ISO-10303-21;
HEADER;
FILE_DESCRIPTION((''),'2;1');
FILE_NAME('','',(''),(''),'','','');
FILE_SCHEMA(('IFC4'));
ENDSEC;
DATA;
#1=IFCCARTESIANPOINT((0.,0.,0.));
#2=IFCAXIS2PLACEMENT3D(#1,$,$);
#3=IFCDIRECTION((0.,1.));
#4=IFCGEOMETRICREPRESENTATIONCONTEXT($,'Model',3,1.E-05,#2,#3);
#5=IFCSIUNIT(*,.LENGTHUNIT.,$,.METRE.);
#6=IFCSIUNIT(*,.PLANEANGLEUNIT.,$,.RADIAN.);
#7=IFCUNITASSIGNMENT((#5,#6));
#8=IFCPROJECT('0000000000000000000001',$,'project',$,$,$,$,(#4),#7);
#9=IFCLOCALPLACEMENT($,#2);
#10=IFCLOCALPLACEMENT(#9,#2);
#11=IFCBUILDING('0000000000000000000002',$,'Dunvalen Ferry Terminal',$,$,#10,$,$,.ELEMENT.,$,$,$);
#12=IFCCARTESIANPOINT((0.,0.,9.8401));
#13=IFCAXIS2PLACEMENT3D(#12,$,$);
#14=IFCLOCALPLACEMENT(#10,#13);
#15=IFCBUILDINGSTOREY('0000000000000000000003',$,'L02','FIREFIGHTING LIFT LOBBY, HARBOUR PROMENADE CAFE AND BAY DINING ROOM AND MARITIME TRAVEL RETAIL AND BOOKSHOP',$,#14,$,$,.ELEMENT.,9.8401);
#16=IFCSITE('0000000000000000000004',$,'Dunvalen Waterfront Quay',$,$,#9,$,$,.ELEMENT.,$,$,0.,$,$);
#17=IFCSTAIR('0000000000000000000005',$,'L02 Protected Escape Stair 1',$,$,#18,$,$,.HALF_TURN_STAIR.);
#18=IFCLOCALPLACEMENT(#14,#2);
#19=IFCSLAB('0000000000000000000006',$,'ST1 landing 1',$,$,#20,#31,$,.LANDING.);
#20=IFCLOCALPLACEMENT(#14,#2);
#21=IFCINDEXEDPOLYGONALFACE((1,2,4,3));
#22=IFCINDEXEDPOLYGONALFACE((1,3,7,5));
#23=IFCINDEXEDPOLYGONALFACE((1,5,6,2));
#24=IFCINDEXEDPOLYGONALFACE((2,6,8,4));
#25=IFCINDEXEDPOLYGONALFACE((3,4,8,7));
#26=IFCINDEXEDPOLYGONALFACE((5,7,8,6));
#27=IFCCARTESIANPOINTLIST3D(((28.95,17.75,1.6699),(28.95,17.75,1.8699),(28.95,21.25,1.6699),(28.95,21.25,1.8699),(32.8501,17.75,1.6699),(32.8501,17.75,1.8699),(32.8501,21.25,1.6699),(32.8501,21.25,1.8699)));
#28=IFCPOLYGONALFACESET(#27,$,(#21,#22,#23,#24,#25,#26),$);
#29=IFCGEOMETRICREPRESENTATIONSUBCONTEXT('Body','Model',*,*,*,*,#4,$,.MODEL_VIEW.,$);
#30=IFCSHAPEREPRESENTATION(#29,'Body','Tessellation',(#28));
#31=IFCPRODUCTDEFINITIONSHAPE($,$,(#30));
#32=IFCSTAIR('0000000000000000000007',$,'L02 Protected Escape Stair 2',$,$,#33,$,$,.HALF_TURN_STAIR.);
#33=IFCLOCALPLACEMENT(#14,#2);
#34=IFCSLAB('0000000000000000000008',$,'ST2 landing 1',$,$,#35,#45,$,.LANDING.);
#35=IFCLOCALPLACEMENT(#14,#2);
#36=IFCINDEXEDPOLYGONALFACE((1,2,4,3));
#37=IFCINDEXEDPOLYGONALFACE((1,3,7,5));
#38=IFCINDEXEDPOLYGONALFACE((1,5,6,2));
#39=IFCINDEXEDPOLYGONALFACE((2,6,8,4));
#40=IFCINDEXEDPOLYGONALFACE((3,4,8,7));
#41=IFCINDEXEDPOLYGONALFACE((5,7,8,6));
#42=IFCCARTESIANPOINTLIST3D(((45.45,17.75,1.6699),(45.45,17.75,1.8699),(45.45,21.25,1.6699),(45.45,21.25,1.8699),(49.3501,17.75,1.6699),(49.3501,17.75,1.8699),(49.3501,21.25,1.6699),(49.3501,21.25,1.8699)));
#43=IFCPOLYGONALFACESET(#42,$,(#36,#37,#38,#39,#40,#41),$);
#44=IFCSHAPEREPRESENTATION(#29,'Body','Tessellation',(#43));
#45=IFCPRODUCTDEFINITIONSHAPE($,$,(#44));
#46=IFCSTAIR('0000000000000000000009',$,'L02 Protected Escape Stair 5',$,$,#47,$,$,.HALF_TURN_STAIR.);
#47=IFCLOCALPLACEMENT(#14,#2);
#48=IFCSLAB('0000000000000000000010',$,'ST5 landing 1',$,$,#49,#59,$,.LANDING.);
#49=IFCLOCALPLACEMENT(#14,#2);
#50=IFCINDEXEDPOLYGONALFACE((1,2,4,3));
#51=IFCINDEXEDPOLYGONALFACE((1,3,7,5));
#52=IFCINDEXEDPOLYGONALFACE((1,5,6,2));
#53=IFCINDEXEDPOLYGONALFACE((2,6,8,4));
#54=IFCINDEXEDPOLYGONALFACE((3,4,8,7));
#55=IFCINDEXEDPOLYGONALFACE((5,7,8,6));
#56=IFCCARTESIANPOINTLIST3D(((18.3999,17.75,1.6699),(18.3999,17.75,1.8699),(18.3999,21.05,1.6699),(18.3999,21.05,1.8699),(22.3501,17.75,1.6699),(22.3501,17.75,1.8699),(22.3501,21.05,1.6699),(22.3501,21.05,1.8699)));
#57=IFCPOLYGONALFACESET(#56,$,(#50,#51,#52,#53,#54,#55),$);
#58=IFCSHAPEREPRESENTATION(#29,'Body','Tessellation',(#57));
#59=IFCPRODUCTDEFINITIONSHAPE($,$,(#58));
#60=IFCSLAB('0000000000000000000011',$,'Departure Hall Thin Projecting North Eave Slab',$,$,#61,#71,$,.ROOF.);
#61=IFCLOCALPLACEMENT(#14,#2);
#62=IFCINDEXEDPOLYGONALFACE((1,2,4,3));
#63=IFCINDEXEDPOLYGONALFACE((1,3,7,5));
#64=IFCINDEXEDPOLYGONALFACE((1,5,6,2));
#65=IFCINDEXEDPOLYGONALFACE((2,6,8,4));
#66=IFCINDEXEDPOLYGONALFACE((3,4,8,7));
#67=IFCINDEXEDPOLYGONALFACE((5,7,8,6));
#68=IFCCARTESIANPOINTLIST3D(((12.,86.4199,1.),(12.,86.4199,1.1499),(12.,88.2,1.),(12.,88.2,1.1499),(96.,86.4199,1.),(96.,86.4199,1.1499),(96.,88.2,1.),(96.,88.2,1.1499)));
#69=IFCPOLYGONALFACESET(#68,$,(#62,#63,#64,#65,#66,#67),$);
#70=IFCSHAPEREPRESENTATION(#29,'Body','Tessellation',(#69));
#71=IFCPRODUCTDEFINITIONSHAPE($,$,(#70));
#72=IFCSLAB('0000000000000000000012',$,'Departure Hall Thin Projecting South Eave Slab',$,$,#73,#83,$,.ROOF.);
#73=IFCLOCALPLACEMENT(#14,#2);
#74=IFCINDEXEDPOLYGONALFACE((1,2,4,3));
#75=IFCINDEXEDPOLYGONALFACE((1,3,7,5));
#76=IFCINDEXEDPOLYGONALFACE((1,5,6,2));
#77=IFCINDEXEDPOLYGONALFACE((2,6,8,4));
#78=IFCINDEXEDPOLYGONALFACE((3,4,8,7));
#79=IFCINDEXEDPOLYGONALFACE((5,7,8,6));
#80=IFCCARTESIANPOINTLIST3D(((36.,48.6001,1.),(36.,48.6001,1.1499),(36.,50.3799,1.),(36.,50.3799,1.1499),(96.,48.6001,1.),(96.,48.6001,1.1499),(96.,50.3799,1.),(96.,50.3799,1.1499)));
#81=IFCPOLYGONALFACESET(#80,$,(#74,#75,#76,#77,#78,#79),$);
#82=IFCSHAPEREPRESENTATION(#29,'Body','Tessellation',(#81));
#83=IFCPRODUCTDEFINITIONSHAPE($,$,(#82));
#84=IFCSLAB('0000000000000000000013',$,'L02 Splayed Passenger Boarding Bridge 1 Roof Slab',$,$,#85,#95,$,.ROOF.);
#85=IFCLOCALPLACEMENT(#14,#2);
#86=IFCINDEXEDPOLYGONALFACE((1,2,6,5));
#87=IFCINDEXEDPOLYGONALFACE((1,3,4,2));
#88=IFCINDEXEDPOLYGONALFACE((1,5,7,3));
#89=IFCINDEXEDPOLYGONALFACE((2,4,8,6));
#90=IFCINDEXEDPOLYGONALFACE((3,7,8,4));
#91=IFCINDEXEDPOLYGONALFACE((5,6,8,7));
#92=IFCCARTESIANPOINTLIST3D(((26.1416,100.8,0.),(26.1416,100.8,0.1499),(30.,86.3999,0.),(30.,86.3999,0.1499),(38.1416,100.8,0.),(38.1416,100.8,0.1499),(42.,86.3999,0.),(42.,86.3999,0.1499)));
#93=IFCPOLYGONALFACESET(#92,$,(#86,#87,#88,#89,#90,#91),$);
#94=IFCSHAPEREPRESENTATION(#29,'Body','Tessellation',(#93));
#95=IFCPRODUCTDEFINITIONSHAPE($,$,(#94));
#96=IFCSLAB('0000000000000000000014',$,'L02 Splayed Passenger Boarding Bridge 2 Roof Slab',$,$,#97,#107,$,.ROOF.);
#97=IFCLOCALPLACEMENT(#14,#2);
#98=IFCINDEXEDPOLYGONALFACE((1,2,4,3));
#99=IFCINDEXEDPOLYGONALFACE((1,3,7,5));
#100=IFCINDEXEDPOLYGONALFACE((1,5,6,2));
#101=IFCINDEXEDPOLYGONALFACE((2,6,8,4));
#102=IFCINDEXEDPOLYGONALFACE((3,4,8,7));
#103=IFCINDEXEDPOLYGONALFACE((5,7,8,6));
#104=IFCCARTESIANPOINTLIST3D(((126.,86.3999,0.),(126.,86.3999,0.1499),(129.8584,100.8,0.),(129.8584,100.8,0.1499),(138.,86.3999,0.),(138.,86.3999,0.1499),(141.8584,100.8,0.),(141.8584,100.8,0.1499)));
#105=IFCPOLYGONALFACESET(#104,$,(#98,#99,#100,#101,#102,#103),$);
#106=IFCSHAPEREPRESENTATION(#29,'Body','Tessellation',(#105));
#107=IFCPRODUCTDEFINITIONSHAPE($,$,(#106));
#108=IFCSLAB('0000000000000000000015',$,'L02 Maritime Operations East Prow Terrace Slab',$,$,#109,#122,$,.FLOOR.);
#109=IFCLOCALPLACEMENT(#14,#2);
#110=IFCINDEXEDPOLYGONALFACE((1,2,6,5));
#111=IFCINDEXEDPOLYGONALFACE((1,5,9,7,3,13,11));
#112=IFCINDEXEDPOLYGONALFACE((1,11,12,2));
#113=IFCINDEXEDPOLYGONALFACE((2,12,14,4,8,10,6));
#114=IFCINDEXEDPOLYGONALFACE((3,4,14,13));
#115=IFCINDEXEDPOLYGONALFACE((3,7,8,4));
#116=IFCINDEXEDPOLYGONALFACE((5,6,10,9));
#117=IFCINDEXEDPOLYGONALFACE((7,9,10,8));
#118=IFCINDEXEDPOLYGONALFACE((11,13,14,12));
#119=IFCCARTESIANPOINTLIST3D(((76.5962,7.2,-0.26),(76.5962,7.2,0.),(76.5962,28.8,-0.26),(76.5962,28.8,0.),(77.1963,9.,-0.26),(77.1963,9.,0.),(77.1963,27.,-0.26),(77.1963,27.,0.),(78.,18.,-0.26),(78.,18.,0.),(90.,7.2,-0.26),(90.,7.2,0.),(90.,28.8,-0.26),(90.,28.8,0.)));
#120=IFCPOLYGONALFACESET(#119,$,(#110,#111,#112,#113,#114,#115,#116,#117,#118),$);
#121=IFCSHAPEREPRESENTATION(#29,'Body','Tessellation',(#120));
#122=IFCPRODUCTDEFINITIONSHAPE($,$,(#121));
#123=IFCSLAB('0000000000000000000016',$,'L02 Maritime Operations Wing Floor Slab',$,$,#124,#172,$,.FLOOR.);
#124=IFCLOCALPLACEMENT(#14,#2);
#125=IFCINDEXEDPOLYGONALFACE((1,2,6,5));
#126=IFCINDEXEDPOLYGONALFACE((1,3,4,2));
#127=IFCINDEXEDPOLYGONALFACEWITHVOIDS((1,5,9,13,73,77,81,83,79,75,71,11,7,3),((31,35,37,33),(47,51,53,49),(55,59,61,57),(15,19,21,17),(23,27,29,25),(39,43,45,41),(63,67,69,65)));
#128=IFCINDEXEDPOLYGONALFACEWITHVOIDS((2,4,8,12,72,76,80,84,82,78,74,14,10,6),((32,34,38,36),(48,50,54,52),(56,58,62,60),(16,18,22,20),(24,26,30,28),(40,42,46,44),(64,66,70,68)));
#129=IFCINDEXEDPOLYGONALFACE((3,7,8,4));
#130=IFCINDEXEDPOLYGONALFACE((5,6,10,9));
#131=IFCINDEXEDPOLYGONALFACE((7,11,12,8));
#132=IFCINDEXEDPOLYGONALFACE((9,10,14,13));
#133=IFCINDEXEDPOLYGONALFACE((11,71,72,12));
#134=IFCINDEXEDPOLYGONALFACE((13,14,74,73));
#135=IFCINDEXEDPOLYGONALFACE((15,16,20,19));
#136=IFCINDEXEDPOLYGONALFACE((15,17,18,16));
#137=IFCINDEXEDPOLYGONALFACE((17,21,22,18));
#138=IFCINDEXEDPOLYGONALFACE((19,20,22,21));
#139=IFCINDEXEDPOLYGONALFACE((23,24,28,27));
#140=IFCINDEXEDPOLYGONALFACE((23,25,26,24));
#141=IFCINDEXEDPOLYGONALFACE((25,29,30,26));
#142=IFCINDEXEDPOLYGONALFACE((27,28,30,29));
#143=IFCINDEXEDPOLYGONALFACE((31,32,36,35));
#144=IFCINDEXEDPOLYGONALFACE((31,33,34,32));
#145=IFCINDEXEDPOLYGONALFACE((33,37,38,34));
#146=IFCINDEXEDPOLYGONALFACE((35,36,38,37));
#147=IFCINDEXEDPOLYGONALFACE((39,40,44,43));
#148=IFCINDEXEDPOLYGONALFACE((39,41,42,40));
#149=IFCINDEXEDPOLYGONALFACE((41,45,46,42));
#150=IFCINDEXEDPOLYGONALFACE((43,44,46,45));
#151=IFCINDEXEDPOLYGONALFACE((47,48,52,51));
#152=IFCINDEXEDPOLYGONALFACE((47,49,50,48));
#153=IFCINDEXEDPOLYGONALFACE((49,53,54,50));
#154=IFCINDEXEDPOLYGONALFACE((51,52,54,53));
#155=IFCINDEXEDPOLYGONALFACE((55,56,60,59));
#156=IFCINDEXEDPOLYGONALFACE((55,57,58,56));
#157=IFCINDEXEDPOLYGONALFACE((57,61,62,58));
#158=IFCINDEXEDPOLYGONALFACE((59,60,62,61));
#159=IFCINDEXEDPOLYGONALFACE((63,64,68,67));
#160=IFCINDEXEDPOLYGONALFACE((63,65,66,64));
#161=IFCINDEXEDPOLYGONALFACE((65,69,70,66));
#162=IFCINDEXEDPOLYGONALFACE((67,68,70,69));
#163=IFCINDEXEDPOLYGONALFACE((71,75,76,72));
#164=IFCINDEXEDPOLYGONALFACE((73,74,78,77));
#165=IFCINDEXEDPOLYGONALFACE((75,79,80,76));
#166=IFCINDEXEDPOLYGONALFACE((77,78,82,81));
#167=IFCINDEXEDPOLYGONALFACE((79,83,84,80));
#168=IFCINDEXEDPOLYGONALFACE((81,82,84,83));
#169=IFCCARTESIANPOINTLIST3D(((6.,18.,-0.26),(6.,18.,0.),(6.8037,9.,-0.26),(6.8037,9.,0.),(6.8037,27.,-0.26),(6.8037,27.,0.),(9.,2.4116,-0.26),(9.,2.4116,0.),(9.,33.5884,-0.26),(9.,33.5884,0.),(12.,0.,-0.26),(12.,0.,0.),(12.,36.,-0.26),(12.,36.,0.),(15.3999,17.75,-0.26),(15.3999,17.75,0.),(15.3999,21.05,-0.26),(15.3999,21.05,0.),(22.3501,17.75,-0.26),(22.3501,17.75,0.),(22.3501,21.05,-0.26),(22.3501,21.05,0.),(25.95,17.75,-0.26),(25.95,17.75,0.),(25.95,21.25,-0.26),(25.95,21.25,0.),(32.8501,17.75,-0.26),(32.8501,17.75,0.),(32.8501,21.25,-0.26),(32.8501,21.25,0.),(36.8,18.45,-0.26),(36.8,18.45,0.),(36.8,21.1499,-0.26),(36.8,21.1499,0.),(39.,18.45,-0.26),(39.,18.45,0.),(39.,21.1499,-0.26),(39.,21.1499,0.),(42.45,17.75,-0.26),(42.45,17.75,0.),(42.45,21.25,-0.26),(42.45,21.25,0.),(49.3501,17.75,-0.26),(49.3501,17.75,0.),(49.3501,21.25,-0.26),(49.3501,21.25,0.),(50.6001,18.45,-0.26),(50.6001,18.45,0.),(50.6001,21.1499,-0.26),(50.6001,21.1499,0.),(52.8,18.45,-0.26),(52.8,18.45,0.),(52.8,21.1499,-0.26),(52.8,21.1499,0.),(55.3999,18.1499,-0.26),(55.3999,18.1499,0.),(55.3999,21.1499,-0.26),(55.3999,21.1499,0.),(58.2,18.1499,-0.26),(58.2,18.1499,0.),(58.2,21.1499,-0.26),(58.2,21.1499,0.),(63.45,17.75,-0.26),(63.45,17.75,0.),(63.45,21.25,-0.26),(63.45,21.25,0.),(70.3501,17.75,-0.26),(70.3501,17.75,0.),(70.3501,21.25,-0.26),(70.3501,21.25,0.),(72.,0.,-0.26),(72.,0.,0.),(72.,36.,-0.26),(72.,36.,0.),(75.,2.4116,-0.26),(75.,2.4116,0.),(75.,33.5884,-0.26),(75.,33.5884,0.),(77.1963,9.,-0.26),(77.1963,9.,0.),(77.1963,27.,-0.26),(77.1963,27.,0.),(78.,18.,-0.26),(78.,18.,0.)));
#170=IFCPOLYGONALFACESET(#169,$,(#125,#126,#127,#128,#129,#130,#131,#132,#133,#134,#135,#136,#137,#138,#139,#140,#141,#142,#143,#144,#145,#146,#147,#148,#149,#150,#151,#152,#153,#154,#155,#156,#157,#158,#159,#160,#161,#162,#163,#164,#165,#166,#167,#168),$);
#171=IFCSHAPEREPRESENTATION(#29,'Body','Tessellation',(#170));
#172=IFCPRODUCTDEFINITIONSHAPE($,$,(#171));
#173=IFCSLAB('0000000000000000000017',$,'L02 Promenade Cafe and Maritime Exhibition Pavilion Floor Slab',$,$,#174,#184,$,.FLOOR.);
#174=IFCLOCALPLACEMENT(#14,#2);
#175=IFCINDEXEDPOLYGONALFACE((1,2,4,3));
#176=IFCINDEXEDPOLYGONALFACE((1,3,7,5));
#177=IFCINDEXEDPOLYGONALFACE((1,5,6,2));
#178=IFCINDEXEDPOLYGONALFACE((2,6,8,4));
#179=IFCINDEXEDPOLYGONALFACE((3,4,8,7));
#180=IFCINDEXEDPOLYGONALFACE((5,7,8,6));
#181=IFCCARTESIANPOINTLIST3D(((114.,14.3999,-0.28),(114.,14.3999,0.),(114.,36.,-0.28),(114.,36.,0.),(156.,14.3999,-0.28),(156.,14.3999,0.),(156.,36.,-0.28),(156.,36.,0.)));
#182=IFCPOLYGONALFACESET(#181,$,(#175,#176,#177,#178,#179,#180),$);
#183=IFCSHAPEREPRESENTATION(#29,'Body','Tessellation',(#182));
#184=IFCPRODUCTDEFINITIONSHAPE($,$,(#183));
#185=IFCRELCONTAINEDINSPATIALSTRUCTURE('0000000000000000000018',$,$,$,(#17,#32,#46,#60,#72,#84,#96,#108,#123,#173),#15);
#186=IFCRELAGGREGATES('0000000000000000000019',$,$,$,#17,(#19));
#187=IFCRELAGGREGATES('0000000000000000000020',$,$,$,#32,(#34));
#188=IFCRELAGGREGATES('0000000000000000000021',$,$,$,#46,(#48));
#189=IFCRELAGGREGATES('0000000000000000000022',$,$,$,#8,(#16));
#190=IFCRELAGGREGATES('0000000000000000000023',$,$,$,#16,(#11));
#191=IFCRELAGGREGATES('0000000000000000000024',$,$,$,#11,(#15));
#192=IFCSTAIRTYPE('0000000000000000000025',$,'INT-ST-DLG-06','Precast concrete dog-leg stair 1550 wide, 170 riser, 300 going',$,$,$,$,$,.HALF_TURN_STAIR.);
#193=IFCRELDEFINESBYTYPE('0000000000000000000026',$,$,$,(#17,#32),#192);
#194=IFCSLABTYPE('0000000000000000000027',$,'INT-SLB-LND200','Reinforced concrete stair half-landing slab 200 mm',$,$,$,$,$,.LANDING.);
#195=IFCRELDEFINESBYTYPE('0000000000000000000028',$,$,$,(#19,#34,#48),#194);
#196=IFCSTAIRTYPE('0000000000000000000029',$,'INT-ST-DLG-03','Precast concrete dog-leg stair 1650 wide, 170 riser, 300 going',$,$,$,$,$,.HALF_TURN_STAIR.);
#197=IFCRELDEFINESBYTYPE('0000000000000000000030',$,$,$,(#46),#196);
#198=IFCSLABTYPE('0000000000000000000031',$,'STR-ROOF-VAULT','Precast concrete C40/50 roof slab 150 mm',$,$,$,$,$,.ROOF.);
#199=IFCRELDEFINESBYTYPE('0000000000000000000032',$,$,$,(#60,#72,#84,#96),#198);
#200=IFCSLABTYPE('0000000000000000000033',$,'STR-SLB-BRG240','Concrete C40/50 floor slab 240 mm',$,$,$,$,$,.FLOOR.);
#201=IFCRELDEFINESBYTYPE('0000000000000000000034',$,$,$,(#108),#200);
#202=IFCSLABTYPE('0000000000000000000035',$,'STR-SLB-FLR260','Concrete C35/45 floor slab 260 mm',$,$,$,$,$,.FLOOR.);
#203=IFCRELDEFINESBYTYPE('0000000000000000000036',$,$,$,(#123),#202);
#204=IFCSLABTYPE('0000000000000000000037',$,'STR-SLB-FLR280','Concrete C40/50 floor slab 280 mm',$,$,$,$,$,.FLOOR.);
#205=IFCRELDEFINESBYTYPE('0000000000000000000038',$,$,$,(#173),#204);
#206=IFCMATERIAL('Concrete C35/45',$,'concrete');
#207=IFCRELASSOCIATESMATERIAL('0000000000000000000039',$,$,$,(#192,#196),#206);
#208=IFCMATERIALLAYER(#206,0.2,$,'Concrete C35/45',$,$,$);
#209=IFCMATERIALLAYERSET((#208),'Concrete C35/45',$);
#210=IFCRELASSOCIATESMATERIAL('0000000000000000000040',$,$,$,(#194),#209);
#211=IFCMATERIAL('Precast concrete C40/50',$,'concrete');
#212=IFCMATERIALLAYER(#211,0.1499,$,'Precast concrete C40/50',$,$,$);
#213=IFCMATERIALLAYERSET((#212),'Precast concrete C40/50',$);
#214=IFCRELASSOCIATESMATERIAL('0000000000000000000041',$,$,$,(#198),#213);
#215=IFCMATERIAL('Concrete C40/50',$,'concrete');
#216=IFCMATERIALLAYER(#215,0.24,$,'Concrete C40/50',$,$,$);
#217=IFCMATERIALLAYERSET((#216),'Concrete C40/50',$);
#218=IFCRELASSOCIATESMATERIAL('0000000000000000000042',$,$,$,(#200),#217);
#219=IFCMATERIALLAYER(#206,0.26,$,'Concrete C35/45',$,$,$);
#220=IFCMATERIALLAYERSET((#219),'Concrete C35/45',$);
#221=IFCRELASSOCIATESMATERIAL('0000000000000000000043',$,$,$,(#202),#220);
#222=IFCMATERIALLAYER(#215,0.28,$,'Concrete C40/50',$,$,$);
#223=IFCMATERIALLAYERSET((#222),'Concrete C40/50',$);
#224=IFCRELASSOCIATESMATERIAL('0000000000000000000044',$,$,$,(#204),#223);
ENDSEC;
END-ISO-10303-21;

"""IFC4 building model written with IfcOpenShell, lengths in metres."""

from ifc_helpers import new_model, si_unit, direction, frame, origin, place, context, subcontext, project, spatial, polyline, outline, extrude, material, layer, layer_set, type_object, element, aggregate, save


model = new_model("IFC4")

# Units and contexts
model_context = context("Model", 3, precision=1e-05, world=origin(), true_north=direction((0.0, 1.0)))
body_context = subcontext(model_context, "Body", "Model", "MODEL_VIEW")
ifc_project = project(units=[si_unit("LENGTHUNIT", "METRE"), si_unit("PLANEANGLEUNIT", "RADIAN")], contexts=[model_context])

# Site, building, storey
site_placement = place(None, origin())
site = spatial("IfcSite", under=ifc_project, at=site_placement, Name="Dunvalen Waterfront Quay", CompositionType="ELEMENT", RefElevation=0.0)
building_placement = place(site_placement, origin())
building = spatial("IfcBuilding", under=site, at=building_placement, Name="Dunvalen Ferry Terminal", CompositionType="ELEMENT")
storey_placement = place(building_placement, frame((0.0, 0.0, 9.8401)))
storey = spatial("IfcBuildingStorey", under=building, at=storey_placement, Name="L02", Description="FIREFIGHTING LIFT LOBBY, HARBOUR PROMENADE CAFE AND BAY DINING ROOM AND MARITIME TRAVEL RETAIL AND BOOKSHOP", CompositionType="ELEMENT", Elevation=9.8401)

# Stairs, slabs
ifc_material_1 = material(Name="Concrete C35/45", Category="concrete")
stair_type_1 = type_object("IfcStairType", Name="INT-ST-DLG-06", Description="Precast concrete dog-leg stair 1550 wide, 170 riser, 300 going", PredefinedType="HALF_TURN_STAIR", material=ifc_material_1)
stair_1_placement = place(storey_placement, origin())
stair_1 = element("IfcStair", 1, at=stair_1_placement, inside=storey, type_object=stair_type_1, Name="L02 Protected Escape Stair 1", PredefinedType="HALF_TURN_STAIR")
ifc_layer_1 = layer(ifc_material_1, 0.2, Name="Concrete C35/45")
ifc_layer_set_1 = layer_set([ifc_layer_1], Name="Concrete C35/45")
slab_type_1 = type_object("IfcSlabType", Name="INT-SLB-LND200", Description="Reinforced concrete stair half-landing slab 200 mm", PredefinedType="LANDING", material=ifc_layer_set_1)
slab_1_placement = place(storey_placement, frame((0.0, 0.0, 1.6699)))
slab_1 = element("IfcSlab", 2, at=slab_1_placement, type_object=slab_type_1, Name="ST1 landing 1", PredefinedType="LANDING", context=body_context, shape_type="SweptSolid", body=[
    extrude(outline(polyline([(28.95, 17.75), (32.8501, 17.75), (32.8501, 21.25), (28.95, 21.25), (28.95, 17.75)])), origin(), (0.0, 0.0, 1.0), 0.2),
])
aggregate(stair_1, [slab_1])
stair_2_placement = place(storey_placement, origin())
stair_2 = element("IfcStair", 3, at=stair_2_placement, inside=storey, type_object=stair_type_1, Name="L02 Protected Escape Stair 2", PredefinedType="HALF_TURN_STAIR")
slab_2_placement = place(storey_placement, frame((0.0, 0.0, 1.6699)))
slab_2 = element("IfcSlab", 4, at=slab_2_placement, type_object=slab_type_1, Name="ST2 landing 1", PredefinedType="LANDING", context=body_context, shape_type="SweptSolid", body=[
    extrude(outline(polyline([(45.45, 17.75), (49.3501, 17.75), (49.3501, 21.25), (45.45, 21.25), (45.45, 17.75)])), origin(), (0.0, 0.0, 1.0), 0.2),
])
aggregate(stair_2, [slab_2])
stair_type_2 = type_object("IfcStairType", Name="INT-ST-DLG-03", Description="Precast concrete dog-leg stair 1650 wide, 170 riser, 300 going", PredefinedType="HALF_TURN_STAIR", material=ifc_material_1)
stair_3_placement = place(storey_placement, origin())
stair_3 = element("IfcStair", 5, at=stair_3_placement, inside=storey, type_object=stair_type_2, Name="L02 Protected Escape Stair 5", PredefinedType="HALF_TURN_STAIR")
slab_3_placement = place(storey_placement, frame((0.0, 0.0, 1.6699)))
slab_3 = element("IfcSlab", 6, at=slab_3_placement, type_object=slab_type_1, Name="ST5 landing 1", PredefinedType="LANDING", context=body_context, shape_type="SweptSolid", body=[
    extrude(outline(polyline([(18.3999, 17.75), (22.3501, 17.75), (22.3501, 21.05), (18.3999, 21.05), (18.3999, 17.75)])), origin(), (0.0, 0.0, 1.0), 0.2),
])
aggregate(stair_3, [slab_3])

# Slabs
ifc_material_2 = material(Name="Precast concrete C40/50", Category="concrete")
ifc_layer_2 = layer(ifc_material_2, 0.1499, Name="Precast concrete C40/50")
ifc_layer_set_2 = layer_set([ifc_layer_2], Name="Precast concrete C40/50")
slab_type_2 = type_object("IfcSlabType", Name="STR-ROOF-VAULT", Description="Precast concrete C40/50 roof slab 150 mm", PredefinedType="ROOF", material=ifc_layer_set_2)
slab_4_placement = place(storey_placement, frame((0.0, 0.0, 1.0)))
element("IfcSlab", 7, at=slab_4_placement, inside=storey, type_object=slab_type_2, Name="Departure Hall Thin Projecting North Eave Slab", PredefinedType="ROOF", context=body_context, shape_type="SweptSolid", body=[
    extrude(outline(polyline([(12.0, 86.4199), (96.0, 86.4199), (96.0, 88.2), (12.0, 88.2), (12.0, 86.4199)])), origin(), (0.0, 0.0, 1.0), 0.1499),
])
slab_5_placement = place(storey_placement, frame((0.0, 0.0, 1.0)))
element("IfcSlab", 8, at=slab_5_placement, inside=storey, type_object=slab_type_2, Name="Departure Hall Thin Projecting South Eave Slab", PredefinedType="ROOF", context=body_context, shape_type="SweptSolid", body=[
    extrude(outline(polyline([(36.0, 48.6001), (96.0, 48.6001), (96.0, 50.3799), (36.0, 50.3799), (36.0, 48.6001)])), origin(), (0.0, 0.0, 1.0), 0.1499),
])
slab_6_placement = place(storey_placement, origin())
element("IfcSlab", 9, at=slab_6_placement, inside=storey, type_object=slab_type_2, Name="L02 Splayed Passenger Boarding Bridge 1 Roof Slab", PredefinedType="ROOF", context=body_context, shape_type="SweptSolid", body=[
    extrude(outline(polyline([(30.0, 86.3999), (42.0, 86.3999), (38.1416, 100.8), (26.1416, 100.8), (30.0, 86.3999)])), origin(), (0.0, 0.0, 1.0), 0.1499),
])
slab_7_placement = place(storey_placement, origin())
element("IfcSlab", 10, at=slab_7_placement, inside=storey, type_object=slab_type_2, Name="L02 Splayed Passenger Boarding Bridge 2 Roof Slab", PredefinedType="ROOF", context=body_context, shape_type="SweptSolid", body=[
    extrude(outline(polyline([(126.0, 86.3999), (138.0, 86.3999), (141.8584, 100.8), (129.8584, 100.8), (126.0, 86.3999)])), origin(), (0.0, 0.0, 1.0), 0.1499),
])
ifc_material_3 = material(Name="Concrete C40/50", Category="concrete")
ifc_layer_3 = layer(ifc_material_3, 0.24, Name="Concrete C40/50")
ifc_layer_set_3 = layer_set([ifc_layer_3], Name="Concrete C40/50")
slab_type_3 = type_object("IfcSlabType", Name="STR-SLB-BRG240", Description="Concrete C40/50 floor slab 240 mm", PredefinedType="FLOOR", material=ifc_layer_set_3)
slab_8_placement = place(storey_placement, frame((0.0, 0.0, -0.26)))
element("IfcSlab", 11, at=slab_8_placement, inside=storey, type_object=slab_type_3, Name="L02 Maritime Operations East Prow Terrace Slab", PredefinedType="FLOOR", context=body_context, shape_type="SweptSolid", body=[
    extrude(outline(polyline([(76.5962, 28.8), (77.1963, 27.0), (78.0, 18.0), (77.1963, 9.0), (76.5962, 7.2), (90.0, 7.2), (90.0, 28.8), (76.5962, 28.8)])), origin(), (0.0, 0.0, 1.0), 0.26),
])
ifc_layer_4 = layer(ifc_material_1, 0.26, Name="Concrete C35/45")
ifc_layer_set_4 = layer_set([ifc_layer_4], Name="Concrete C35/45")
slab_type_4 = type_object("IfcSlabType", Name="STR-SLB-FLR260", Description="Concrete C35/45 floor slab 260 mm", PredefinedType="FLOOR", material=ifc_layer_set_4)
slab_9_placement = place(storey_placement, frame((0.0, 0.0, -0.26)))
element("IfcSlab", 12, at=slab_9_placement, inside=storey, type_object=slab_type_4, Name="L02 Maritime Operations Wing Floor Slab", PredefinedType="FLOOR", context=body_context, shape_type="SweptSolid", body=[
    extrude(outline(polyline([(12.0, 0.0), (72.0, 0.0), (75.0, 2.4116), (77.1963, 9.0), (78.0, 18.0), (77.1963, 27.0), (75.0, 33.5884), (72.0, 36.0), (12.0, 36.0), (9.0, 33.5884), (6.8037, 27.0), (6.0, 18.0), (6.8037, 9.0), (9.0, 2.4116), (12.0, 0.0)]), holes=[polyline([(25.95, 17.75), (32.8501, 17.75), (32.8501, 21.25), (25.95, 21.25), (25.95, 17.75)]), polyline([(42.45, 17.75), (49.3501, 17.75), (49.3501, 21.25), (42.45, 21.25), (42.45, 17.75)]), polyline([(63.45, 17.75), (70.3501, 17.75), (70.3501, 21.25), (63.45, 21.25), (63.45, 17.75)]), polyline([(15.3999, 17.75), (22.3501, 17.75), (22.3501, 21.05), (15.3999, 21.05), (15.3999, 17.75)]), polyline([(36.8, 18.45), (39.0, 18.45), (39.0, 21.1499), (36.8, 21.1499), (36.8, 18.45)]), polyline([(50.6001, 18.45), (52.8, 18.45), (52.8, 21.1499), (50.6001, 21.1499), (50.6001, 18.45)]), polyline([(55.3999, 18.1499), (58.2, 18.1499), (58.2, 21.1499), (55.3999, 21.1499), (55.3999, 18.1499)])]), origin(), (0.0, 0.0, 1.0), 0.26),
])
ifc_layer_5 = layer(ifc_material_3, 0.28, Name="Concrete C40/50")
ifc_layer_set_5 = layer_set([ifc_layer_5], Name="Concrete C40/50")
slab_type_5 = type_object("IfcSlabType", Name="STR-SLB-FLR280", Description="Concrete C40/50 floor slab 280 mm", PredefinedType="FLOOR", material=ifc_layer_set_5)
slab_10_placement = place(storey_placement, frame((0.0, 0.0, -0.28)))
element("IfcSlab", 13, at=slab_10_placement, inside=storey, type_object=slab_type_5, Name="L02 Promenade Cafe and Maritime Exhibition Pavilion Floor Slab", PredefinedType="FLOOR", context=body_context, shape_type="SweptSolid", body=[
    extrude(outline(polyline([(114.0, 14.3999), (156.0, 14.3999), (156.0, 36.0), (114.0, 36.0), (114.0, 14.3999)])), origin(), (0.0, 0.0, 1.0), 0.28),
])

save(model, "model.ifc")
